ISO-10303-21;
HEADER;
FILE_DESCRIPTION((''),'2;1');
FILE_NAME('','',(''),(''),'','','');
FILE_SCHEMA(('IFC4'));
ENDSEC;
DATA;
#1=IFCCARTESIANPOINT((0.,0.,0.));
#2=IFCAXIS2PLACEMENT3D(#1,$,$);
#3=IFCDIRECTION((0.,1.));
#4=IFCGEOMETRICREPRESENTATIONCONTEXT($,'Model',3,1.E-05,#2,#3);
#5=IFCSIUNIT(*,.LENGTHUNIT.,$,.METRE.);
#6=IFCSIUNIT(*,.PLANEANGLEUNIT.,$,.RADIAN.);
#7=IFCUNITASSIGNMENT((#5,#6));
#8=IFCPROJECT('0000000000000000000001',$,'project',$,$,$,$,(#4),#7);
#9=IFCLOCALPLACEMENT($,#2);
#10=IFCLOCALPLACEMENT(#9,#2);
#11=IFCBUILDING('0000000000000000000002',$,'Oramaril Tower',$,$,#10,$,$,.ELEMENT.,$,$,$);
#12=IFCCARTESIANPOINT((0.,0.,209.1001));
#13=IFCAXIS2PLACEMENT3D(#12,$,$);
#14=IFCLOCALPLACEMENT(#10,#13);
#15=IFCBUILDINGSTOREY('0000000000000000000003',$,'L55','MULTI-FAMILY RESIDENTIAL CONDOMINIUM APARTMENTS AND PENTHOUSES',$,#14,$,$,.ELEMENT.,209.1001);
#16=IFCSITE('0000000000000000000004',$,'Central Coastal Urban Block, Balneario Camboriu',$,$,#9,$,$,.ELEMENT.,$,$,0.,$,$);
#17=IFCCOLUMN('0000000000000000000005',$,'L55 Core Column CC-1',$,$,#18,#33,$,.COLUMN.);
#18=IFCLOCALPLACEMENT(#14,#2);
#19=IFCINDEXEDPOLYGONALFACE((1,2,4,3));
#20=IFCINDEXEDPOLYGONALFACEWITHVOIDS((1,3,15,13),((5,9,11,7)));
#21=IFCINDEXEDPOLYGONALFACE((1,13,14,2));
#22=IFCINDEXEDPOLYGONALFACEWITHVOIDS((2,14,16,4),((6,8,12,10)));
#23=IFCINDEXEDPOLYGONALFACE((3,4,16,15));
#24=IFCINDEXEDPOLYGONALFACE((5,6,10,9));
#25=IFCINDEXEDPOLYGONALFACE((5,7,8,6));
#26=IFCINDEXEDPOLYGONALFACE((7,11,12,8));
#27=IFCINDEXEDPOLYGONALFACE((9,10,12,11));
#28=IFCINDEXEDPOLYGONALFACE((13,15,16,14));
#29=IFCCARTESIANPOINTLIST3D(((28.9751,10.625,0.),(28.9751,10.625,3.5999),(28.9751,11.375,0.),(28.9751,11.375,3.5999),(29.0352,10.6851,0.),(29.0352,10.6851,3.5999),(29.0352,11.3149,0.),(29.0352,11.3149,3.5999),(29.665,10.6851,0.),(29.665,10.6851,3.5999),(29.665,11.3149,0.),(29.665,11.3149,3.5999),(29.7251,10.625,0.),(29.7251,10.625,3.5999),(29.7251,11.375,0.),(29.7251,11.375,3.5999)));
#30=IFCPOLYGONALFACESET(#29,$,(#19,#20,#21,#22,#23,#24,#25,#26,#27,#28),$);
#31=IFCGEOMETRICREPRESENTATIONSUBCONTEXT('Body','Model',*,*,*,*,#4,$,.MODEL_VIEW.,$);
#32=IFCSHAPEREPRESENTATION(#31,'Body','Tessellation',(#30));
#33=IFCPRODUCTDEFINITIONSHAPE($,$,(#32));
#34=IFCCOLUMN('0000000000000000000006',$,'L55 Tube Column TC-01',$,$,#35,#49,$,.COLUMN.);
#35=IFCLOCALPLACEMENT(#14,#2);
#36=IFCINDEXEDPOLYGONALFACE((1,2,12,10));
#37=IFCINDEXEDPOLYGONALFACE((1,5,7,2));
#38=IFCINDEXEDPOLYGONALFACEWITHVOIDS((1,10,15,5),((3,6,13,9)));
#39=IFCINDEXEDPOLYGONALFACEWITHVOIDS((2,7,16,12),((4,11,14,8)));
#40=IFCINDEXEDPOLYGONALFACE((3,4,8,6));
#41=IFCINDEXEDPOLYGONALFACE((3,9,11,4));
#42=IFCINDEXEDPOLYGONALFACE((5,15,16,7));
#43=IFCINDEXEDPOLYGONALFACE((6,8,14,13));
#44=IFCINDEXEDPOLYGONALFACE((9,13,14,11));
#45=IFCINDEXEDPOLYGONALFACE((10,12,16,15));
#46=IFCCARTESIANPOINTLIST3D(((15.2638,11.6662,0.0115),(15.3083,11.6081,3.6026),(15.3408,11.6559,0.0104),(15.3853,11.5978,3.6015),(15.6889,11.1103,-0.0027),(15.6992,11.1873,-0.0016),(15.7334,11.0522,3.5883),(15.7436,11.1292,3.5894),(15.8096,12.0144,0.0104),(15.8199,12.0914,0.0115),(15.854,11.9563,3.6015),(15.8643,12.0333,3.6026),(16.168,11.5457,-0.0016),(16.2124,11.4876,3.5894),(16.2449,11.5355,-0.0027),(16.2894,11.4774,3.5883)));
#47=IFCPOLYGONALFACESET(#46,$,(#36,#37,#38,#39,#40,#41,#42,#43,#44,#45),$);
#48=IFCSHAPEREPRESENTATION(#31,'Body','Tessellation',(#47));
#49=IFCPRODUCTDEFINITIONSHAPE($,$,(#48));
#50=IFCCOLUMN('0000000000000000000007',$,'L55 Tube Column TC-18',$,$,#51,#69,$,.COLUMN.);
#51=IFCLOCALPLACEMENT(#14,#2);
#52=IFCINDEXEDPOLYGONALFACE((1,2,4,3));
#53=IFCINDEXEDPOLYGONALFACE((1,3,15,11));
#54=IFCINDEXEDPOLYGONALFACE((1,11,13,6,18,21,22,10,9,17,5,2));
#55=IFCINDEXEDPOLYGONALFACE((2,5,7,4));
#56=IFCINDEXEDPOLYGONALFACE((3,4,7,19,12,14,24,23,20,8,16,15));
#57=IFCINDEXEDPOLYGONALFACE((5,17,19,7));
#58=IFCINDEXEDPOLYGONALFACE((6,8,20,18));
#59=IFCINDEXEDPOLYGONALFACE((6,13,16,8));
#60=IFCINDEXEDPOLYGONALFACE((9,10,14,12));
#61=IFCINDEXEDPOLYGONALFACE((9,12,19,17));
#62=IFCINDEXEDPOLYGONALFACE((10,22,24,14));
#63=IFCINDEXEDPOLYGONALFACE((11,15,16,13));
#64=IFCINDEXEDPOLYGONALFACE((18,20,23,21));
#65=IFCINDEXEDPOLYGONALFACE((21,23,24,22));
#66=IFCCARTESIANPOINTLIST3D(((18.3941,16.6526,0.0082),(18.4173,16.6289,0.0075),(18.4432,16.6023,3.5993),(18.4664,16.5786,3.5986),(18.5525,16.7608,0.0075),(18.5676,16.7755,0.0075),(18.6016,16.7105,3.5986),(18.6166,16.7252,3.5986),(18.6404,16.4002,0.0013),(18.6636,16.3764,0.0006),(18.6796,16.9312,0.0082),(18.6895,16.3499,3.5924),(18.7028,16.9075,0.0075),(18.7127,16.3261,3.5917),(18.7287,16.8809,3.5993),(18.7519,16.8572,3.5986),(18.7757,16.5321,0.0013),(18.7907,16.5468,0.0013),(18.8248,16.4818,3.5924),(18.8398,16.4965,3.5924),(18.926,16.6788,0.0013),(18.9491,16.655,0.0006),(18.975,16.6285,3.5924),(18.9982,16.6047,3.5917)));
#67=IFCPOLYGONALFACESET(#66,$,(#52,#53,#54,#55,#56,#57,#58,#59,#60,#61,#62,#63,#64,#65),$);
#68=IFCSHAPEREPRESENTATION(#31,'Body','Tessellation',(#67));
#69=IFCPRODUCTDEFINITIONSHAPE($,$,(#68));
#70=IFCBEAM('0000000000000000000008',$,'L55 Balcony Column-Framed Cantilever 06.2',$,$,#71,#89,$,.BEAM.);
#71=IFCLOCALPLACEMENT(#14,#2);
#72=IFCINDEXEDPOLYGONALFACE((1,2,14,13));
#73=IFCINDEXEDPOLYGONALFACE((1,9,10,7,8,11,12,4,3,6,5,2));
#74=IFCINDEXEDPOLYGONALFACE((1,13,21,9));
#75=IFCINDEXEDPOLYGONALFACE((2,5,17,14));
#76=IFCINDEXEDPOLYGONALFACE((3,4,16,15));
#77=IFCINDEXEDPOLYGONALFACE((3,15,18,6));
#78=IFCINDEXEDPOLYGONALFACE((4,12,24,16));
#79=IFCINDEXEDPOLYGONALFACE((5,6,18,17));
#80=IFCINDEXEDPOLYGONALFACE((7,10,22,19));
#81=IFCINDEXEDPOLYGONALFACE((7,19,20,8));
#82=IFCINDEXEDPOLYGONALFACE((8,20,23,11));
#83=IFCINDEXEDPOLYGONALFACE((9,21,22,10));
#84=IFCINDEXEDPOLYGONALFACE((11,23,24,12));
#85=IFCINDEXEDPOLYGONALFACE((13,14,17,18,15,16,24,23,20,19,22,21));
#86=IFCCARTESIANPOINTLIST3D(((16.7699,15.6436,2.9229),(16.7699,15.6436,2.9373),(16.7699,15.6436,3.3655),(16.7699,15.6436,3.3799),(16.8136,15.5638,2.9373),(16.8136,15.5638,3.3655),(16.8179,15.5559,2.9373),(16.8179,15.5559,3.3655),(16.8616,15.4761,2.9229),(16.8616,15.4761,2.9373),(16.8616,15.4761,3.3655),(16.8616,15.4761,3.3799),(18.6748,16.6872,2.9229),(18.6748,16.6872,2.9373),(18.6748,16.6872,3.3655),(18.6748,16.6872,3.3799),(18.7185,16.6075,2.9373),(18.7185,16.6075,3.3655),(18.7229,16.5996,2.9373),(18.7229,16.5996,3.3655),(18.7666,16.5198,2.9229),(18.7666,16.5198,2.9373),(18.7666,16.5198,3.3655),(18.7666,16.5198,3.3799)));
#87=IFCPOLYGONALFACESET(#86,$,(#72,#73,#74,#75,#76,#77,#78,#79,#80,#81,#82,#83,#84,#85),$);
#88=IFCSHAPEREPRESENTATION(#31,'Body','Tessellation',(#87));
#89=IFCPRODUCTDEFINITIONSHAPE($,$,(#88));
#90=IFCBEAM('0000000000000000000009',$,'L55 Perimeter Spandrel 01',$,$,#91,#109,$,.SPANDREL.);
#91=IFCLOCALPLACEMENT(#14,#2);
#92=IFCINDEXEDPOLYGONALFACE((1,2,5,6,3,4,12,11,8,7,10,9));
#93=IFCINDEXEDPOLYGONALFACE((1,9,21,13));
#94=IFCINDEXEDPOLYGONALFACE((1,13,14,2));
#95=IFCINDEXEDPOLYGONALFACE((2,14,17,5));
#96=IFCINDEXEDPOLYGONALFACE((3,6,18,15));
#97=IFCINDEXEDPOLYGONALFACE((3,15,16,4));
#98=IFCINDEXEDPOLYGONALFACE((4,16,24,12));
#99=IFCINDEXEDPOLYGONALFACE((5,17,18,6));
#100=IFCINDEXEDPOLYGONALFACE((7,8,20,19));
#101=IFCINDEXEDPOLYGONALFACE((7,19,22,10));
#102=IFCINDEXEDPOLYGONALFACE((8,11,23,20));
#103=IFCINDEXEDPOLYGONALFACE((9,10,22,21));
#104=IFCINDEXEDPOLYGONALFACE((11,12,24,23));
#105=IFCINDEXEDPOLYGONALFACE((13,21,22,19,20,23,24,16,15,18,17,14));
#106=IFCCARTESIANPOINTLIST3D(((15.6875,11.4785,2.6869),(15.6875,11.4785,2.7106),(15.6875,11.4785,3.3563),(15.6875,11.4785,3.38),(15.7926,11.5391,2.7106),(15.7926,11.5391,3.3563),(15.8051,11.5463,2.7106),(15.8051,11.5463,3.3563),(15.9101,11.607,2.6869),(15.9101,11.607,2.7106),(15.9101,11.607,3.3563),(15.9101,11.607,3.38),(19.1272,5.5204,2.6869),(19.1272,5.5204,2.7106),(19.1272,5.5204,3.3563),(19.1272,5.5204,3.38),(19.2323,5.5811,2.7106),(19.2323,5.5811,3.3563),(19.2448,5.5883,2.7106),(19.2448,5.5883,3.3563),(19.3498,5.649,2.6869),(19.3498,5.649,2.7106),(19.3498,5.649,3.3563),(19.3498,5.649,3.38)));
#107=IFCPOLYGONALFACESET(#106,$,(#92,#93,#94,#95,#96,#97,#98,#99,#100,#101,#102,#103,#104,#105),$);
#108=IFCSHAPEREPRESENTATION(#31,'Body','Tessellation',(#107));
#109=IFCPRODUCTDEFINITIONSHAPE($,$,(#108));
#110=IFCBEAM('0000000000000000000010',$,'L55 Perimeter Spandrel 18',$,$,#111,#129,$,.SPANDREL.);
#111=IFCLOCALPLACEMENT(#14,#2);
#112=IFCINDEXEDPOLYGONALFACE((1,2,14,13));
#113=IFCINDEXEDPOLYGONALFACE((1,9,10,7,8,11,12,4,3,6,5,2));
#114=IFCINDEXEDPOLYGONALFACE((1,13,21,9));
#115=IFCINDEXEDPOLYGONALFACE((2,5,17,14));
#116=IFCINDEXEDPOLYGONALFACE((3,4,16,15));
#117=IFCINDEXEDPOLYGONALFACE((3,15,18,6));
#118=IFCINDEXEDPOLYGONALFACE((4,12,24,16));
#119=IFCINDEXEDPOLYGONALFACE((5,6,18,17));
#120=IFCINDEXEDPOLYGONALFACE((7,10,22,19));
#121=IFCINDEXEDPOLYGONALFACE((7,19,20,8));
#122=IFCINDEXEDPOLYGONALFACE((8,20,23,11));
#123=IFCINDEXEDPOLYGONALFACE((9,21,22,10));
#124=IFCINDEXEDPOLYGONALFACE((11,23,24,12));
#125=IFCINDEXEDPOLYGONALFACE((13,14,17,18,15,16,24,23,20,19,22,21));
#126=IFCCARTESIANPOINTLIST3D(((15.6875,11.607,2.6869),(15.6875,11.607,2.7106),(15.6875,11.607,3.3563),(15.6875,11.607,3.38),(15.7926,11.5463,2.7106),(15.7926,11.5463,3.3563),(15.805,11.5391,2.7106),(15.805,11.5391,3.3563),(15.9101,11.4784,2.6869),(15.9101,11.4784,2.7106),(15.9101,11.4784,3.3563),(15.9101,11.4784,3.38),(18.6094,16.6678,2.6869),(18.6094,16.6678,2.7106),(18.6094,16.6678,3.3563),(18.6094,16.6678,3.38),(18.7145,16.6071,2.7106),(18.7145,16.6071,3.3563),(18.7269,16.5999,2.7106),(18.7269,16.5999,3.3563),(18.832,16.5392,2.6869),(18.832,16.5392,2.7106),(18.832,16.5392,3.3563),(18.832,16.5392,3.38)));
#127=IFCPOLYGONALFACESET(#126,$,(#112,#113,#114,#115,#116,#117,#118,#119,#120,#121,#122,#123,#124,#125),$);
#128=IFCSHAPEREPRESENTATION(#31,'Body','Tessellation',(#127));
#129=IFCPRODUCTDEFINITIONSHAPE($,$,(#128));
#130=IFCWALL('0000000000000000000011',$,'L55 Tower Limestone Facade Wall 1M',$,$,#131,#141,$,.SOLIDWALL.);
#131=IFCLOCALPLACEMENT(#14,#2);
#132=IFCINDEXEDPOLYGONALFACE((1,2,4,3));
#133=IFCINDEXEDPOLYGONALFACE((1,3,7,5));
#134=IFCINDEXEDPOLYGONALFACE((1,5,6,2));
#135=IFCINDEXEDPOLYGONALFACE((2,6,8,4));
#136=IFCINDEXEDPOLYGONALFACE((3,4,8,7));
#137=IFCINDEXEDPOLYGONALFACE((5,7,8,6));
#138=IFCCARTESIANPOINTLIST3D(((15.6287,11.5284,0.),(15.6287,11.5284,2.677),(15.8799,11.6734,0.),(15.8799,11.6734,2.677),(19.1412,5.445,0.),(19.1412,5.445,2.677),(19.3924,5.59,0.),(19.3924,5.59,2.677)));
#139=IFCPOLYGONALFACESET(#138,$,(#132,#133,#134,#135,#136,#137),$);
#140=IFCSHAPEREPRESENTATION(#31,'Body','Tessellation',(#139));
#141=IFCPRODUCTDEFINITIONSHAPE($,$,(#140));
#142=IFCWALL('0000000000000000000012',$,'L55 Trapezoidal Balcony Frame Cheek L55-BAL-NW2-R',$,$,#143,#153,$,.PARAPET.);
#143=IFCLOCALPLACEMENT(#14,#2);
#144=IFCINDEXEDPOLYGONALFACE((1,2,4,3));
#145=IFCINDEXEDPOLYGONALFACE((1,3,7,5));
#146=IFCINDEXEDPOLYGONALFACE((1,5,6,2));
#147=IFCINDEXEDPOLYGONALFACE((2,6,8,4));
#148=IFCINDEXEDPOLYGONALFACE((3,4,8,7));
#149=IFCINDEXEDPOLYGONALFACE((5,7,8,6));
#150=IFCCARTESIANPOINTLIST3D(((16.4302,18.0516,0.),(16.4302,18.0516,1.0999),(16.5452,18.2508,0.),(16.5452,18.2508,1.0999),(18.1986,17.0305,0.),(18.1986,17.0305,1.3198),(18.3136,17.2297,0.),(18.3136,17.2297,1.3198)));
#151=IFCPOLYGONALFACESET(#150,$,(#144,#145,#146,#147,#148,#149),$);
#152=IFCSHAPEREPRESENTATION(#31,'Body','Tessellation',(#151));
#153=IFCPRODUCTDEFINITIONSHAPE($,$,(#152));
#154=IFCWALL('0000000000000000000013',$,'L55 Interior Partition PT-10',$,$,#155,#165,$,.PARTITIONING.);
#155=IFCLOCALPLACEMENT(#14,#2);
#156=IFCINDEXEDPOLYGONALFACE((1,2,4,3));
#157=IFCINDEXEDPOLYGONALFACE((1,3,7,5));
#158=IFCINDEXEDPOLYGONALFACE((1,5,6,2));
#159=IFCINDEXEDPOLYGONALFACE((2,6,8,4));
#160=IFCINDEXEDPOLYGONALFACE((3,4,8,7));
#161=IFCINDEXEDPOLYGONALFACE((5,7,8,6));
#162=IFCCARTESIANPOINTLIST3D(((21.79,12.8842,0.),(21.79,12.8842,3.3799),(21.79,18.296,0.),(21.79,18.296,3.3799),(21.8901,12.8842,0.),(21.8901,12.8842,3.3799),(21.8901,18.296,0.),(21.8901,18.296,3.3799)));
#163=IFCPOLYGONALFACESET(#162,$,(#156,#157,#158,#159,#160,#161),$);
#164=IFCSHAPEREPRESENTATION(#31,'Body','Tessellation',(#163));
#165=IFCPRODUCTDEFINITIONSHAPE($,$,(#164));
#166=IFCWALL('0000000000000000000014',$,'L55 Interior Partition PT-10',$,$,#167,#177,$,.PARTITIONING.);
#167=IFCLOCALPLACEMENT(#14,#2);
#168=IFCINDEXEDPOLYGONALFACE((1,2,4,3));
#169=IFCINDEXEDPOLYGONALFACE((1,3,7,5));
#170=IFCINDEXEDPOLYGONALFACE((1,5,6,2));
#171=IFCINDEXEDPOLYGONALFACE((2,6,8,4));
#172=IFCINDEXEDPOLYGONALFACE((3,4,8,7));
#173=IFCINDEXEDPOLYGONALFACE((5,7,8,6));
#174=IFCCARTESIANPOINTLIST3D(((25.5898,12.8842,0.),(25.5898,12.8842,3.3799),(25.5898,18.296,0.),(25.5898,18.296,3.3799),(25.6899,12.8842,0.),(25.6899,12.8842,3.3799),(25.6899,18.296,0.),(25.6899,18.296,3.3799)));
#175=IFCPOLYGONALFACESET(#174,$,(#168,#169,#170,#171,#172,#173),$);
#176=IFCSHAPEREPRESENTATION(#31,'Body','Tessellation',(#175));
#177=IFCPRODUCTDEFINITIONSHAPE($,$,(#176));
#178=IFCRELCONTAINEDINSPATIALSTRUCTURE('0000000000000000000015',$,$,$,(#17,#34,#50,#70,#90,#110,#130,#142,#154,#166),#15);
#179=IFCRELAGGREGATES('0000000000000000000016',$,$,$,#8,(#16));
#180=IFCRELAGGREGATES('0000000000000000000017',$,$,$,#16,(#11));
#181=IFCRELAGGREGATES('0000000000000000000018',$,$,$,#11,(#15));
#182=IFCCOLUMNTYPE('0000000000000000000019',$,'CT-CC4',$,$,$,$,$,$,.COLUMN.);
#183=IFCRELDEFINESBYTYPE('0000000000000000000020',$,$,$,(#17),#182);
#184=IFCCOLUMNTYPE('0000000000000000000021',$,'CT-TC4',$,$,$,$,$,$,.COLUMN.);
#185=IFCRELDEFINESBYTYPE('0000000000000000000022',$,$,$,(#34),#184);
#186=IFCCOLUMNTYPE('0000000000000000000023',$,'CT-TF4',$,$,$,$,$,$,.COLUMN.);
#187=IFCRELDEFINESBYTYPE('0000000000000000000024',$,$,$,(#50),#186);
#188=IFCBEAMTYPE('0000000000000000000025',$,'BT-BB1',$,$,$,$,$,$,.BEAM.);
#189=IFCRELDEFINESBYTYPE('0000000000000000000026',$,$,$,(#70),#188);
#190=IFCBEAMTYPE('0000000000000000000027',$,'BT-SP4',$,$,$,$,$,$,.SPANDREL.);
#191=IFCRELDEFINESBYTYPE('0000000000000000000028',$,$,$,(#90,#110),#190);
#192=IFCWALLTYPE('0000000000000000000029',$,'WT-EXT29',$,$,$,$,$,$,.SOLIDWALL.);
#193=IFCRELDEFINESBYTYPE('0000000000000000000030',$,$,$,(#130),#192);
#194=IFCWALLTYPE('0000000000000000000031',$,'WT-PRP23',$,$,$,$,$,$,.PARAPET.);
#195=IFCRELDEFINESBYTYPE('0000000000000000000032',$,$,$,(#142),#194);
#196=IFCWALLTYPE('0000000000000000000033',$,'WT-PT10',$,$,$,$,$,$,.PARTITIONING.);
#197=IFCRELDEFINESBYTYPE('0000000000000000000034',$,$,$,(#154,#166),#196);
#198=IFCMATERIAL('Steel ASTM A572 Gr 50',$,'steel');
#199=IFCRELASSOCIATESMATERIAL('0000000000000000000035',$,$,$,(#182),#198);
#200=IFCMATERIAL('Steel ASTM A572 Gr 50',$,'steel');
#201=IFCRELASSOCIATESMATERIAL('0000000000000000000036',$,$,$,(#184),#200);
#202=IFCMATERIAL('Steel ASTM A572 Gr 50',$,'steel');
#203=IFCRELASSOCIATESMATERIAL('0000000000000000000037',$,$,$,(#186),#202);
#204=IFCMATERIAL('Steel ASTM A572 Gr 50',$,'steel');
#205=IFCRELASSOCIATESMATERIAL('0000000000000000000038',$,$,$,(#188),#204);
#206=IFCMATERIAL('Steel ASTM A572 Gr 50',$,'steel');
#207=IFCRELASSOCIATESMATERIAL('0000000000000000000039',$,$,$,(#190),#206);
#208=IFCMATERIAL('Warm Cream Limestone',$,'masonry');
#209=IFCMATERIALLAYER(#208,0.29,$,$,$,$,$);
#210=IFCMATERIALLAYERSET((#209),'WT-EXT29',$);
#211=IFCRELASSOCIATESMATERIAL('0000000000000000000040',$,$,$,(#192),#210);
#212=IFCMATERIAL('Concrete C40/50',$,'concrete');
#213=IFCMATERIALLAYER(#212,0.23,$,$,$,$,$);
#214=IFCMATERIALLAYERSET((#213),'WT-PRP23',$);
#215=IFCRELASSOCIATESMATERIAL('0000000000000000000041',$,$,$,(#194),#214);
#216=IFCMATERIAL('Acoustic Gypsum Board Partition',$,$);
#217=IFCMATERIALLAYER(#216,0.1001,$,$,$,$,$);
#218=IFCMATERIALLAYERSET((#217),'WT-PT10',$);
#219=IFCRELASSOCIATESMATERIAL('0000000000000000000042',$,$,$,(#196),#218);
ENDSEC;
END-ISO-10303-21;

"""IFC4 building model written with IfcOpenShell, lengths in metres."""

from ifc_helpers import new_model, si_unit, direction, frame, frame_2d, origin, origin_2d, place, context, subcontext, project, spatial, polyline, rectangle, hollow_rectangle, i_section, outline, extrude, material, layer, layer_set, material_profile, profile_set, type_object, element, save


model = new_model("IFC4")

# Units and contexts
model_context = context("Model", 3, precision=1e-05, world=origin(), true_north=direction((0.0, 1.0)))
body_context = subcontext(model_context, "Body", "Model", "MODEL_VIEW")
ifc_project = project(units=[si_unit("LENGTHUNIT", "METRE"), si_unit("PLANEANGLEUNIT", "RADIAN")], contexts=[model_context])

# Site, building, storey
site_placement = place(None, origin())
site = spatial("IfcSite", under=ifc_project, at=site_placement, Name="Central Coastal Urban Block, Balneario Camboriu", CompositionType="ELEMENT", RefElevation=0.0)
building_placement = place(site_placement, origin())
building = spatial("IfcBuilding", under=site, at=building_placement, Name="Oramaril Tower", CompositionType="ELEMENT")
storey_placement = place(building_placement, frame((0.0, 0.0, 209.1001)))
storey = spatial("IfcBuildingStorey", under=building, at=storey_placement, Name="L55", Description="MULTI-FAMILY RESIDENTIAL CONDOMINIUM APARTMENTS AND PENTHOUSES", CompositionType="ELEMENT", Elevation=209.1001)

# Columns
ifc_material_1 = material(Name="Steel ASTM A572 Gr 50", Category="steel")
ifc_material_profile_1 = material_profile(ifc_material_1, hollow_rectangle(XDim=0.75, YDim=0.75, WallThickness=0.0601, at=origin_2d()), Name="BOX750X750X60")
ifc_profile_set_1 = profile_set([ifc_material_profile_1], Name="Steel ASTM A572 Gr 50")
column_type_1 = type_object("IfcColumnType", Name="CT-CC4", PredefinedType="COLUMN", material=ifc_profile_set_1)
column_1_placement = place(storey_placement, frame((29.3501, 11.0, 0.0), z_axis=(0.0, 0.0, 1.0), x_axis=(1.0, 0.0, 0.0)))
element("IfcColumn", 1, at=column_1_placement, inside=storey, type_object=column_type_1, Name="L55 Core Column CC-1", PredefinedType="COLUMN", context=body_context, shape_type="SweptSolid", body=[
    extrude(hollow_rectangle(XDim=0.75, YDim=0.75, WallThickness=0.0601, at=origin_2d()), origin(), (0.0, 0.0, 1.0), 3.5999),
])
ifc_material_2 = material(Name="Steel ASTM A572 Gr 50", Category="steel")
ifc_material_profile_2 = material_profile(ifc_material_2, hollow_rectangle(XDim=0.7, YDim=0.7, WallThickness=0.0549, at=origin_2d()), Name="BOX700X700X55")
ifc_profile_set_2 = profile_set([ifc_material_profile_2], Name="Steel ASTM A572 Gr 50")
column_type_2 = type_object("IfcColumnType", Name="CT-TC4", PredefinedType="COLUMN", material=ifc_profile_set_2)
column_2_placement = place(storey_placement, frame((15.7544, 11.6008, 0.0044), z_axis=(0.012371, -0.016177, 0.999793), x_axis=(0.794358, 0.60745, 0.0)))
element("IfcColumn", 2, at=column_2_placement, inside=storey, type_object=column_type_2, Name="L55 Tube Column TC-01", PredefinedType="COLUMN", context=body_context, shape_type="SweptSolid", body=[
    extrude(hollow_rectangle(XDim=0.7, YDim=0.7, WallThickness=0.0549, at=origin_2d()), origin(), (0.0, 0.0, 1.0), 3.5918),
])
ifc_material_3 = material(Name="Steel ASTM A572 Gr 50", Category="steel")
ifc_material_profile_3 = material_profile(ifc_material_3, i_section(OverallWidth=0.3989, OverallDepth=0.386, WebThickness=0.021, FlangeThickness=0.0332, at=origin_2d()), Name="W14X176")
ifc_profile_set_3 = profile_set([ifc_material_profile_3], Name="Steel ASTM A572 Gr 50")
column_type_3 = type_object("IfcColumnType", Name="CT-TF4", PredefinedType="COLUMN", material=ifc_profile_set_3)
column_3_placement = place(storey_placement, frame((18.6716, 16.6538, 0.0044), z_axis=(0.013662, -0.014002, 0.999809), x_axis=(0.71574, 0.698367, 0.0)))
element("IfcColumn", 3, at=column_3_placement, inside=storey, type_object=column_type_3, Name="L55 Tube Column TC-18", PredefinedType="COLUMN", context=body_context, shape_type="SweptSolid", body=[
    extrude(i_section(OverallWidth=0.3989, OverallDepth=0.386, WebThickness=0.021, FlangeThickness=0.0332, at=origin_2d()), origin(), (0.0, 0.0, 1.0), 3.5918),
])

# Beams
ifc_material_4 = material(Name="Steel ASTM A572 Gr 50", Category="steel")
ifc_material_profile_4 = material_profile(ifc_material_4, i_section(OverallWidth=0.1909, OverallDepth=0.457, WebThickness=0.009, FlangeThickness=0.0144, at=origin_2d()), Name="W18X50")
ifc_profile_set_4 = profile_set([ifc_material_profile_4], Name="Steel ASTM A572 Gr 50")
beam_type_1 = type_object("IfcBeamType", Name="BT-BB1", PredefinedType="BEAM", material=ifc_profile_set_4)
beam_1_placement = place(storey_placement, frame((18.7207, 16.6035, 3.1514), z_axis=(-0.877005, -0.480481, 0.0), x_axis=(0.480481, -0.877005, 0.0)))
element("IfcBeam", 4, at=beam_1_placement, inside=storey, type_object=beam_type_1, Name="L55 Balcony Column-Framed Cantilever 06.2", PredefinedType="BEAM", context=body_context, shape_type="SweptSolid", body=[
    extrude(i_section(OverallWidth=0.1909, OverallDepth=0.457, WebThickness=0.009, FlangeThickness=0.0144, at=origin_2d()), origin(), (0.0, 0.0, 1.0), 2.1721),
])
ifc_material_5 = material(Name="Steel ASTM A572 Gr 50", Category="steel")
ifc_material_profile_5 = material_profile(ifc_material_5, i_section(OverallWidth=0.2571, OverallDepth=0.6931, WebThickness=0.0144, FlangeThickness=0.0237, at=origin_2d()), Name="W27X114")
ifc_profile_set_5 = profile_set([ifc_material_profile_5], Name="Steel ASTM A572 Gr 50")
beam_type_2 = type_object("IfcBeamType", Name="BT-SP4", PredefinedType="SPANDREL", material=ifc_profile_set_5)
beam_2_placement = place(storey_placement, frame((15.7988, 11.5427, 3.0334), z_axis=(0.499983, -0.866035, 0.0), x_axis=(0.866035, 0.499983, 0.0)))
element("IfcBeam", 5, at=beam_2_placement, inside=storey, type_object=beam_type_2, Name="L55 Perimeter Spandrel 01", PredefinedType="SPANDREL", context=body_context, shape_type="SweptSolid", body=[
    extrude(i_section(OverallWidth=0.2571, OverallDepth=0.6931, WebThickness=0.0144, FlangeThickness=0.0237, at=origin_2d()), origin(), (0.0, 0.0, 1.0), 6.8796),
])
beam_3_placement = place(storey_placement, frame((18.7207, 16.6035, 3.0334), z_axis=(-0.500003, -0.866023, 0.0), x_axis=(0.866023, -0.500003, 0.0)))
element("IfcBeam", 6, at=beam_3_placement, inside=storey, type_object=beam_type_2, Name="L55 Perimeter Spandrel 18", PredefinedType="SPANDREL", context=body_context, shape_type="SweptSolid", body=[
    extrude(i_section(OverallWidth=0.2571, OverallDepth=0.6931, WebThickness=0.0144, FlangeThickness=0.0237, at=origin_2d()), origin(), (0.0, 0.0, 1.0), 5.8438),
])

# Walls
ifc_material_6 = material(Name="Warm Cream Limestone", Category="masonry")
ifc_layer_1 = layer(ifc_material_6, 0.29)
ifc_layer_set_1 = layer_set([ifc_layer_1], Name="WT-EXT29")
wall_type_1 = type_object("IfcWallType", Name="WT-EXT29", PredefinedType="SOLIDWALL", material=ifc_layer_set_1)
wall_1_placement = place(storey_placement, frame((15.7544, 11.6008, 0.0), z_axis=(0.0, 0.0, 1.0), x_axis=(0.500015, -0.866017, 0.0)))
element("IfcWall", 7, at=wall_1_placement, inside=storey, type_object=wall_type_1, Name="L55 Tower Limestone Facade Wall 1M", PredefinedType="SOLIDWALL", context=body_context, shape_type="SweptSolid", body=[
    extrude(rectangle(XDim=7.0247, YDim=0.29, at=frame_2d((3.5122, 0.0))), origin(), (0.0, 0.0, 1.0), 2.677),
])
ifc_material_7 = material(Name="Concrete C40/50", Category="concrete")
ifc_layer_2 = layer(ifc_material_7, 0.23)
ifc_layer_set_2 = layer_set([ifc_layer_2], Name="WT-PRP23")
wall_type_2 = type_object("IfcWallType", Name="WT-PRP23", PredefinedType="PARAPET", material=ifc_layer_set_2)
wall_2_placement = place(storey_placement, frame((18.2561, 17.1301, 0.0), z_axis=(0.0, 0.0, 1.0), x_axis=(-0.866012, 0.500023, 0.0)))
element("IfcWall", 8, at=wall_2_placement, inside=storey, type_object=wall_type_2, Name="L55 Trapezoidal Balcony Frame Cheek L55-BAL-NW2-R", PredefinedType="PARAPET", context=body_context, shape_type="SweptSolid", body=[
    extrude(outline(polyline([(0.0, 0.0), (2.042, 0.0), (2.042, 1.0999), (0.0, 1.3198), (0.0, 0.0)])), frame((0.0, 0.115, 0.0), z_axis=(0.0, -1.0, 0.0), x_axis=(1.0, 0.0, 0.0)), (0.0, 0.0, 1.0), 0.23),
])
ifc_material_8 = material(Name="Acoustic Gypsum Board Partition")
ifc_layer_3 = layer(ifc_material_8, 0.1001)
ifc_layer_set_3 = layer_set([ifc_layer_3], Name="WT-PT10")
wall_type_3 = type_object("IfcWallType", Name="WT-PT10", PredefinedType="PARTITIONING", material=ifc_layer_set_3)
for number, where, z_axis, x_axis, name in (
    (9, (21.8401, 12.884, 0.0), (0.0, 0.0, 1.0), (0.0, 1.0, 0.0), "L55 Interior Partition PT-10"),
    (10, (25.6399, 12.884, 0.0), (0.0, 0.0, 1.0), (0.0, 1.0, 0.0), "L55 Interior Partition PT-10"),
):
    element("IfcWall", number, at=place(storey_placement, frame(where, z_axis=z_axis, x_axis=x_axis)), inside=storey, type_object=wall_type_3, Name=name, PredefinedType="PARTITIONING", context=body_context, shape_type="SweptSolid", body=[
        extrude(rectangle(XDim=5.4119, YDim=0.1001, at=frame_2d((2.7061, 0.0))), origin(), (0.0, 0.0, 1.0), 3.3799),
    ])

save(model, "model.ifc")
